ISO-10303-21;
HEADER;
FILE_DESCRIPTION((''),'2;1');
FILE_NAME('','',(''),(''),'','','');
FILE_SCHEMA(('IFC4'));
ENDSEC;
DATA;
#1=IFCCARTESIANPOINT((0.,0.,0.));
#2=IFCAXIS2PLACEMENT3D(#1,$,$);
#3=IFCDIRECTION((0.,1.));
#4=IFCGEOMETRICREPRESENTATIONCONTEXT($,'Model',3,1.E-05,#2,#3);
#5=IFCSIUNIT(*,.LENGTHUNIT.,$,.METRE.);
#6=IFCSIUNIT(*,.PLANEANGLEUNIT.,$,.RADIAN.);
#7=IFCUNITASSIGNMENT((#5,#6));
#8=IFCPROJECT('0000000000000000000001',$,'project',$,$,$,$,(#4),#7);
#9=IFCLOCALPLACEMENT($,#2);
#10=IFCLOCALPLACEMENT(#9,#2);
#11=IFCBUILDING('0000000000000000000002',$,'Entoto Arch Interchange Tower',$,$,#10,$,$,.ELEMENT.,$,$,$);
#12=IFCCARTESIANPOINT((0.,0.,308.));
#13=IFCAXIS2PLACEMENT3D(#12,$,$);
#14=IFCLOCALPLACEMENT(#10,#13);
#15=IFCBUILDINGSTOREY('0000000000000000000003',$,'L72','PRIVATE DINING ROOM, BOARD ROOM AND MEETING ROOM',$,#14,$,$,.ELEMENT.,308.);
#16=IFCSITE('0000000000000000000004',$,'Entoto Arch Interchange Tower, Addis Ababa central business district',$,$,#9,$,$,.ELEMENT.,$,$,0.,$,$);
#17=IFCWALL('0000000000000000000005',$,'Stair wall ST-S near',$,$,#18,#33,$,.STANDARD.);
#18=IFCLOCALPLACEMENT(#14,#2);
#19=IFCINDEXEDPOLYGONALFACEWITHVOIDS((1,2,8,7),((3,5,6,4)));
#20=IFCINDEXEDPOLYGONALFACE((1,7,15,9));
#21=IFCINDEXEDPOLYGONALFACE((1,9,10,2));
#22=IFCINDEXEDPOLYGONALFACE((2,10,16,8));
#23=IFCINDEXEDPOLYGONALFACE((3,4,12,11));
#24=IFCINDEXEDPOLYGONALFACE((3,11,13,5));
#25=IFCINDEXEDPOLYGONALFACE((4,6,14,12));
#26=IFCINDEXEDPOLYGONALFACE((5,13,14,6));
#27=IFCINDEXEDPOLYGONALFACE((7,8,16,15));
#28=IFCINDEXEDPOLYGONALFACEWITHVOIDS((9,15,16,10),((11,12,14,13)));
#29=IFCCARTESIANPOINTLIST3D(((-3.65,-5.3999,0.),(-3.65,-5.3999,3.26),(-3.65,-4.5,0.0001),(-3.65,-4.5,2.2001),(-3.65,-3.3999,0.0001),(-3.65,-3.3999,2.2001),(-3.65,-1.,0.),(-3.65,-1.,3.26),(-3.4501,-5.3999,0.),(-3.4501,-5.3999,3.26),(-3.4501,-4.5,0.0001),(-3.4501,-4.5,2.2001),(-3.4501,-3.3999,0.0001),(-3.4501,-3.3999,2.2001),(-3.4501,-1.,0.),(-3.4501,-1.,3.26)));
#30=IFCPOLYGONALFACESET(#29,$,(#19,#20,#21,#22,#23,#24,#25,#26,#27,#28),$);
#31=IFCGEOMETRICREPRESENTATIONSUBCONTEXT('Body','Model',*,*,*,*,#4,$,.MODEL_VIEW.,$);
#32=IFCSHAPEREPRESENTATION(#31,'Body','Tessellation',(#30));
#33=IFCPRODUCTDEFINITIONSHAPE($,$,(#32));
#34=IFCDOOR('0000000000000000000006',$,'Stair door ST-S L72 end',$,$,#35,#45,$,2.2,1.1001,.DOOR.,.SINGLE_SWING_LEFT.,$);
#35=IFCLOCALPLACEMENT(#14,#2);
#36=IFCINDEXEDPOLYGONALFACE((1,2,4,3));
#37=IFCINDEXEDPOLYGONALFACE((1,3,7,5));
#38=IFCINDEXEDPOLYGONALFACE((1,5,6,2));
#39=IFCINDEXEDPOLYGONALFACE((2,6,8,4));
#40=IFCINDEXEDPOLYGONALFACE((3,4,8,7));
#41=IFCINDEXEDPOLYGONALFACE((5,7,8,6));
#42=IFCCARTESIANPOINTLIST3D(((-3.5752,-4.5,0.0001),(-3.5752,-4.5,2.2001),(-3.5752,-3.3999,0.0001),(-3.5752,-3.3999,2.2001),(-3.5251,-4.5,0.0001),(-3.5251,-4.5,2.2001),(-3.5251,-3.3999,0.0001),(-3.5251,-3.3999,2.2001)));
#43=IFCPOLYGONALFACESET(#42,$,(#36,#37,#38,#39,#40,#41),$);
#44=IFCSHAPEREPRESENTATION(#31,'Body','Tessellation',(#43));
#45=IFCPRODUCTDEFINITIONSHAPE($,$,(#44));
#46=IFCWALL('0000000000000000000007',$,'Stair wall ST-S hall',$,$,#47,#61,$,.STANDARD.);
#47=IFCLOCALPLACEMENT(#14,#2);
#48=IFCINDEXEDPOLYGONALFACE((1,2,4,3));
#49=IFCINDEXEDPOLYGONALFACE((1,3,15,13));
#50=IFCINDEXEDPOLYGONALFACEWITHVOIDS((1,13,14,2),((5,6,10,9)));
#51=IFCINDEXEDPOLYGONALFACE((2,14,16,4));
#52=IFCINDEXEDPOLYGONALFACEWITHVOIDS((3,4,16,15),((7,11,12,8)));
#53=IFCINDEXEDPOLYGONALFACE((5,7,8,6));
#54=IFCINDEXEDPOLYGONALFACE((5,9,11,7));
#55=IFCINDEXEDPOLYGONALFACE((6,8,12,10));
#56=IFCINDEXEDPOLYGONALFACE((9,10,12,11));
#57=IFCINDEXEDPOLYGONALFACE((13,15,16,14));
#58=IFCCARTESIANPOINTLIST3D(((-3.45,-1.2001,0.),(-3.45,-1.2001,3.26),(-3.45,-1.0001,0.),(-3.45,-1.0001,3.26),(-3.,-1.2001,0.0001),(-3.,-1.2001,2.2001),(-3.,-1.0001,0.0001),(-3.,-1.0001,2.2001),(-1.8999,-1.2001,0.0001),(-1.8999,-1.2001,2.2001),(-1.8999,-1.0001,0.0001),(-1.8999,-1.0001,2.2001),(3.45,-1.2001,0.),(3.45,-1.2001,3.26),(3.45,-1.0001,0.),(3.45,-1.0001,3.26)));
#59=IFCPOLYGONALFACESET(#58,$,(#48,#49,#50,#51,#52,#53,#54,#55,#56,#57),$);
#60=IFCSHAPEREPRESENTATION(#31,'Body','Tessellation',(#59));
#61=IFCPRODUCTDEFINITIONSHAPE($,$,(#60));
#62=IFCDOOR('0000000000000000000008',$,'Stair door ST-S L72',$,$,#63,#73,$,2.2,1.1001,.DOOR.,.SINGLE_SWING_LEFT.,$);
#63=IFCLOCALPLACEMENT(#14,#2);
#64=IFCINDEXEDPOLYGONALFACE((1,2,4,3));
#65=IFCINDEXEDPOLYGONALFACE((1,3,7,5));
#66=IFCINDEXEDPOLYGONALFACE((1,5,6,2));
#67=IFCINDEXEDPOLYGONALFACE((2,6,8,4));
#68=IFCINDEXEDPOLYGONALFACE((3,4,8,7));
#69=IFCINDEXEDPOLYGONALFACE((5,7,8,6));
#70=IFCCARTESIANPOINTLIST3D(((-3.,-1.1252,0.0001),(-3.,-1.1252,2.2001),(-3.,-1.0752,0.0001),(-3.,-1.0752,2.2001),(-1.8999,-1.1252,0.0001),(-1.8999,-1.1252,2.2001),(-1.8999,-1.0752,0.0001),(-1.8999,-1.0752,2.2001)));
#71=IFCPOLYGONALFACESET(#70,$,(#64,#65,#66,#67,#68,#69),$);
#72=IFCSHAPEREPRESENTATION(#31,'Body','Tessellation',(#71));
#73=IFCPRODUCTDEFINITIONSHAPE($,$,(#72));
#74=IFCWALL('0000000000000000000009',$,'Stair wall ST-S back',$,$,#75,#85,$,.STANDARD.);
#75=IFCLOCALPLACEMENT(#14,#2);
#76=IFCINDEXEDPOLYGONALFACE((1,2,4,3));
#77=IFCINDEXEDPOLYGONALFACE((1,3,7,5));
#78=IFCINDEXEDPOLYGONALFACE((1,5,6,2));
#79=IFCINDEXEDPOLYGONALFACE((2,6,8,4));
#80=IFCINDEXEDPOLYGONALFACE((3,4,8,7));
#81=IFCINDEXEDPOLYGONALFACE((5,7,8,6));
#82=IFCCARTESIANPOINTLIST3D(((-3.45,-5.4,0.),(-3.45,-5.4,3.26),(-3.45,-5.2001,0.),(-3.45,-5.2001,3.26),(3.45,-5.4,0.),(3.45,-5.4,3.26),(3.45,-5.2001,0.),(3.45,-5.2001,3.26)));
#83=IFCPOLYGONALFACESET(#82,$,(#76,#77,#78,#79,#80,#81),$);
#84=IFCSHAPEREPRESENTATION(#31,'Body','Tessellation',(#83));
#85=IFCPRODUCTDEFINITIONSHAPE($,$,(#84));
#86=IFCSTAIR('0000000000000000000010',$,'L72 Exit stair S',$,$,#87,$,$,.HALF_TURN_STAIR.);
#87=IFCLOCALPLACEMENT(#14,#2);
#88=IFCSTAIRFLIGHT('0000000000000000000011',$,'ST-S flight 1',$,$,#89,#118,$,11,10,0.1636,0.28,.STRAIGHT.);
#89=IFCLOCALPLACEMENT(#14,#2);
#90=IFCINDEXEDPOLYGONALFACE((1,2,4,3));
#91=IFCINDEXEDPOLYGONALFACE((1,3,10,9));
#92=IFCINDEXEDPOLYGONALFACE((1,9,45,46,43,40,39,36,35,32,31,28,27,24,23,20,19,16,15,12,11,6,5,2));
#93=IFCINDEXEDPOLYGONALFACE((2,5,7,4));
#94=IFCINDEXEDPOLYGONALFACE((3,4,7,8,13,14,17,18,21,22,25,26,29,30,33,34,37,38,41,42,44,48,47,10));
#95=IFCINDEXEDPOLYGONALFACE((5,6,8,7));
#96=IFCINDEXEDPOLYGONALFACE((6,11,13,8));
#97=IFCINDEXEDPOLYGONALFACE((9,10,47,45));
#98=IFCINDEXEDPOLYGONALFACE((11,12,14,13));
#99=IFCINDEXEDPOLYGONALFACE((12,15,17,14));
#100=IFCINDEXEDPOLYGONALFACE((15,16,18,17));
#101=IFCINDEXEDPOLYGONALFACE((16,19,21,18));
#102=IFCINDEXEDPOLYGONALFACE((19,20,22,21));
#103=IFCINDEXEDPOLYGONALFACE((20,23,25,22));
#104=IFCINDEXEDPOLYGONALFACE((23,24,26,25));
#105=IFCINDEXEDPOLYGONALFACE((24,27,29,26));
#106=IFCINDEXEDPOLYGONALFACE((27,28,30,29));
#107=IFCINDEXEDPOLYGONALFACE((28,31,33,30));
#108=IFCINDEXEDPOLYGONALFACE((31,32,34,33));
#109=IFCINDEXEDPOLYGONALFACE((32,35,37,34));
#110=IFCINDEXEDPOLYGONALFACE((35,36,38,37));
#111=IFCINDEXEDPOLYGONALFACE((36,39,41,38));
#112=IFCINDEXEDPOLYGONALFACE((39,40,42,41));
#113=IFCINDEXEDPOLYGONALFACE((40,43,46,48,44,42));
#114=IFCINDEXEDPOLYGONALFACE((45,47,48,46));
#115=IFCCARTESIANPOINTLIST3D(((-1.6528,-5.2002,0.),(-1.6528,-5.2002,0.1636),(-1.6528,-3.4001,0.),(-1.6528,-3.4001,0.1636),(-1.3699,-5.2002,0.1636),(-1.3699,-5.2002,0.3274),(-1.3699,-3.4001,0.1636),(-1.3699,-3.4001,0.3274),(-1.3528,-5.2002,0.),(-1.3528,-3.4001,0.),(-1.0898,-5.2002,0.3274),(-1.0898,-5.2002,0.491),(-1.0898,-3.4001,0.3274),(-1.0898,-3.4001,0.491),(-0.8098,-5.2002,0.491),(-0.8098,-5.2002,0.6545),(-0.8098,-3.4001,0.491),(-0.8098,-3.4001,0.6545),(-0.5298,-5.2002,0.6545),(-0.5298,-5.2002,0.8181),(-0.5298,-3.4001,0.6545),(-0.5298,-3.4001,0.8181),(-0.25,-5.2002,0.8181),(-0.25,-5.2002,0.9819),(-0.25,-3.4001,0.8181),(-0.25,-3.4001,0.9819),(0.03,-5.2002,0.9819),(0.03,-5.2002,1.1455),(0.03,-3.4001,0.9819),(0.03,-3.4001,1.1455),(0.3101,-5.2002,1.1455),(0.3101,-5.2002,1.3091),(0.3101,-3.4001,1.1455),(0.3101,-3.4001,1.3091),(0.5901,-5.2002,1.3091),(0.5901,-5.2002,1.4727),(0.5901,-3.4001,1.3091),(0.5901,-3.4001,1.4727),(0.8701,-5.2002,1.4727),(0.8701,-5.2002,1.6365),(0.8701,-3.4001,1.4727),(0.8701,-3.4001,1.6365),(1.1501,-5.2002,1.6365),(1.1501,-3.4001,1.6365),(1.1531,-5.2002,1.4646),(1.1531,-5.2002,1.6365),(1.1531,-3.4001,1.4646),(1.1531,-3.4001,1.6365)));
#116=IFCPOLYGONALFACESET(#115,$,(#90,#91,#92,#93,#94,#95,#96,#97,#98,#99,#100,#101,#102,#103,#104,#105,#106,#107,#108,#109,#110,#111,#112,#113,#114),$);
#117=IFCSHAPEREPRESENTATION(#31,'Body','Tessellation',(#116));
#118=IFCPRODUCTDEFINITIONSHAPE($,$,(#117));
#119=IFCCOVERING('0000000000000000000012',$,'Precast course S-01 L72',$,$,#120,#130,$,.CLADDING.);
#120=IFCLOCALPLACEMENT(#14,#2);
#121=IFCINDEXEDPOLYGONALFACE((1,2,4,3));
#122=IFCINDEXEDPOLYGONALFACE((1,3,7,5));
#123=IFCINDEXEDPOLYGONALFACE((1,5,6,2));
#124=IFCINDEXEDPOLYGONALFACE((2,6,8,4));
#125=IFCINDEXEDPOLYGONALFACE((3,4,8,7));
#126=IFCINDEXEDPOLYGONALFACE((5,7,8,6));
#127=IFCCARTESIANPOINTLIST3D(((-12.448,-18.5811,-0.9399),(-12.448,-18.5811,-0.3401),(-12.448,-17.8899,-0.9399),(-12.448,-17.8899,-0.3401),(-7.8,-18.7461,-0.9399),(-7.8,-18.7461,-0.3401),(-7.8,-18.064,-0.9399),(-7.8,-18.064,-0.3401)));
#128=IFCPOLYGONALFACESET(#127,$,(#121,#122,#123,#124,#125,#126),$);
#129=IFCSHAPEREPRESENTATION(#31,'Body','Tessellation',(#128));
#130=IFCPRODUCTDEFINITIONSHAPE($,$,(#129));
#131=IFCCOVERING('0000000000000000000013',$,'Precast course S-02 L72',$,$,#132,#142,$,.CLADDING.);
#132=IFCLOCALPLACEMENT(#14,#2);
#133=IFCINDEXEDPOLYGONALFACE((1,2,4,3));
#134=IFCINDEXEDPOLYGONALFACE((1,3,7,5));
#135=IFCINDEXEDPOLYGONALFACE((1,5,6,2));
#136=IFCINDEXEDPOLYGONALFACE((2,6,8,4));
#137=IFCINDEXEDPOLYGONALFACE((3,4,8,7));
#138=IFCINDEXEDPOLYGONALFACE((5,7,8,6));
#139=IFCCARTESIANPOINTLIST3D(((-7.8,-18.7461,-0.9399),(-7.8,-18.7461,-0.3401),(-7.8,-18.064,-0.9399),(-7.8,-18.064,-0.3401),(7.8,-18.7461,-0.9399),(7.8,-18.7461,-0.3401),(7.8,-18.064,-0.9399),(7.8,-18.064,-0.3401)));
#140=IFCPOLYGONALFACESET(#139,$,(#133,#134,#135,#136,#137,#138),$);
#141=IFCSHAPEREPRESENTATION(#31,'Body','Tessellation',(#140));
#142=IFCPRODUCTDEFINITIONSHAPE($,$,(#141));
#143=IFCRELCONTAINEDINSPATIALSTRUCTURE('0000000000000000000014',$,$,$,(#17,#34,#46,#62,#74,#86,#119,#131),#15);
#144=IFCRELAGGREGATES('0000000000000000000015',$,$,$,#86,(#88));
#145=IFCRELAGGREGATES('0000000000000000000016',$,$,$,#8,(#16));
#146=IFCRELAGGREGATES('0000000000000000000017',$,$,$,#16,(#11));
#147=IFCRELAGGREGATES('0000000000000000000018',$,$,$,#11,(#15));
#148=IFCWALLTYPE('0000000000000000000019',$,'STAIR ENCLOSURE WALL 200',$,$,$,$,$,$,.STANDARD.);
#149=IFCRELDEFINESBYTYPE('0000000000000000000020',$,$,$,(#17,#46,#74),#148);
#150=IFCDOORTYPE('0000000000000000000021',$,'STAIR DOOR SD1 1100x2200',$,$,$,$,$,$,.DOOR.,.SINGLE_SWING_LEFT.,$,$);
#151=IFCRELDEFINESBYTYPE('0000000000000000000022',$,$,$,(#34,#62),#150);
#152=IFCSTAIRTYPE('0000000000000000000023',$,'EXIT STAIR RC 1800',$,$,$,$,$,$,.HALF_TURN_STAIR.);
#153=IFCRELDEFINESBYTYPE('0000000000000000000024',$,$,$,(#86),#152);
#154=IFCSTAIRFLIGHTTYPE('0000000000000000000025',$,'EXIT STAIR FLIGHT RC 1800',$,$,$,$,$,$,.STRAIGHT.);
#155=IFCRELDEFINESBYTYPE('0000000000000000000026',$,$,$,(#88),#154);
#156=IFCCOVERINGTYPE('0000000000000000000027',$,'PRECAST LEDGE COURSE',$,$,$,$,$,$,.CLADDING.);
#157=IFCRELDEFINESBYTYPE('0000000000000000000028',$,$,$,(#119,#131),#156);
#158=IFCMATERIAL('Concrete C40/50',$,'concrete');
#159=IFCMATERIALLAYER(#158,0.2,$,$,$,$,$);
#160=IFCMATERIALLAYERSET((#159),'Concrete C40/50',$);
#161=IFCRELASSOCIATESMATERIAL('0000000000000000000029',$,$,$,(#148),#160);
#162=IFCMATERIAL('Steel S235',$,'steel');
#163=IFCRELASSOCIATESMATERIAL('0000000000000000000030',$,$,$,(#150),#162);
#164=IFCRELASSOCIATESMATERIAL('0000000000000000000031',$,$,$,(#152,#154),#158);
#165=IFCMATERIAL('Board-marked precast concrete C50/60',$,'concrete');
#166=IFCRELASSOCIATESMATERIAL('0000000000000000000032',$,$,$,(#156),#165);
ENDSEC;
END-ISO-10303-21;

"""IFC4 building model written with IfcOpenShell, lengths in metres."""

from ifc_helpers import new_model, si_unit, direction, frame, frame_2d, origin, place, context, subcontext, project, spatial, polyline, rectangle, outline, extrude, material, layer, layer_set, type_object, element, fill, aggregate, save


model = new_model("IFC4")

# Units and contexts
model_context = context("Model", 3, precision=1e-05, world=origin(), true_north=direction((0.0, 1.0)))
body_context = subcontext(model_context, "Body", "Model", "MODEL_VIEW")
ifc_project = project(units=[si_unit("LENGTHUNIT", "METRE"), si_unit("PLANEANGLEUNIT", "RADIAN")], contexts=[model_context])

# Site, building, storey
site_placement = place(None, origin())
site = spatial("IfcSite", under=ifc_project, at=site_placement, Name="Entoto Arch Interchange Tower, Addis Ababa central business district", CompositionType="ELEMENT", RefElevation=0.0)
building_placement = place(site_placement, origin())
building = spatial("IfcBuilding", under=site, at=building_placement, Name="Entoto Arch Interchange Tower", CompositionType="ELEMENT")
storey_placement = place(building_placement, frame((0.0, 0.0, 308.0)))
storey = spatial("IfcBuildingStorey", under=building, at=storey_placement, Name="L72", Description="PRIVATE DINING ROOM, BOARD ROOM AND MEETING ROOM", CompositionType="ELEMENT", Elevation=308.0)

# Shared definitions
ifc_material_1 = material(Name="Concrete C40/50", Category="concrete")

# Walls, openings, doors
ifc_layer_1 = layer(ifc_material_1, 0.2)
ifc_layer_set_1 = layer_set([ifc_layer_1], Name="Concrete C40/50")
wall_type_1 = type_object("IfcWallType", Name="STAIR ENCLOSURE WALL 200", PredefinedType="STANDARD", material=ifc_layer_set_1)
wall_1_placement = place(storey_placement, frame((-3.55, -1.0, 0.0), z_axis=(0.0, 0.0, 1.0), x_axis=(0.0, -1.0, 0.0)))
wall_1 = element("IfcWall", 1, at=wall_1_placement, inside=storey, type_object=wall_type_1, Name="Stair wall ST-S near", PredefinedType="STANDARD", context=body_context, shape_type="SweptSolid", body=[
    extrude(rectangle(XDim=4.3999, YDim=0.2, at=frame_2d((2.2, 0.0))), origin(), (0.0, 0.0, 1.0), 3.26),
])
opening_1_placement = place(wall_1_placement, frame((2.3999, 0.0, 0.0)))
opening_1 = element("IfcOpeningElement", 2, at=opening_1_placement, cuts=wall_1, PredefinedType="OPENING", context=body_context, shape_type="SweptSolid", body=[
    extrude(rectangle(XDim=1.1001, YDim=2.2, at=frame_2d((0.55, 1.1001))), frame((0.0, 0.1099, 0.0), z_axis=(0.0, -1.0, 0.0), x_axis=(1.0, 0.0, 0.0)), (0.0, 0.0, 1.0), 0.22),
])
ifc_material_2 = material(Name="Steel S235", Category="steel")
door_type = type_object("IfcDoorType", Name="STAIR DOOR SD1 1100x2200", OperationType="SINGLE_SWING_LEFT", PredefinedType="DOOR", material=ifc_material_2)
door_1_placement = place(opening_1_placement, origin())
door_1 = element("IfcDoor", 3, at=door_1_placement, inside=storey, type_object=door_type, Name="Stair door ST-S L72 end", OperationType="SINGLE_SWING_LEFT", OverallHeight=2.2, OverallWidth=1.1001, PredefinedType="DOOR", context=body_context, shape_type="SweptSolid", body=[
    extrude(rectangle(XDim=1.1001, YDim=2.2, at=frame_2d((0.55, 1.1001))), frame((0.0, 0.0249, 0.0), z_axis=(0.0, -1.0, 0.0), x_axis=(1.0, 0.0, 0.0)), (0.0, 0.0, 1.0), 0.05),
])
fill(opening_1, door_1)
wall_2_placement = place(storey_placement, frame((-3.45, -1.1001, 0.0), z_axis=(0.0, 0.0, 1.0), x_axis=(1.0, 0.0, 0.0)))
wall_2 = element("IfcWall", 4, at=wall_2_placement, inside=storey, type_object=wall_type_1, Name="Stair wall ST-S hall", PredefinedType="STANDARD", context=body_context, shape_type="SweptSolid", body=[
    extrude(rectangle(XDim=6.8999, YDim=0.2, at=frame_2d((3.45, 0.0))), origin(), (0.0, 0.0, 1.0), 3.26),
])
opening_2_placement = place(wall_2_placement, frame((0.45, 0.0, 0.0)))
opening_2 = element("IfcOpeningElement", 5, at=opening_2_placement, cuts=wall_2, PredefinedType="OPENING", context=body_context, shape_type="SweptSolid", body=[
    extrude(rectangle(XDim=1.1001, YDim=2.2, at=frame_2d((0.55, 1.1001))), frame((0.0, 0.1099, 0.0), z_axis=(0.0, -1.0, 0.0), x_axis=(1.0, 0.0, 0.0)), (0.0, 0.0, 1.0), 0.22),
])
door_2_placement = place(opening_2_placement, origin())
door_2 = element("IfcDoor", 6, at=door_2_placement, inside=storey, type_object=door_type, Name="Stair door ST-S L72", OperationType="SINGLE_SWING_LEFT", OverallHeight=2.2, OverallWidth=1.1001, PredefinedType="DOOR", context=body_context, shape_type="SweptSolid", body=[
    extrude(rectangle(XDim=1.1001, YDim=2.2, at=frame_2d((0.55, 1.1001))), frame((0.0, 0.0249, 0.0), z_axis=(0.0, -1.0, 0.0), x_axis=(1.0, 0.0, 0.0)), (0.0, 0.0, 1.0), 0.05),
])
fill(opening_2, door_2)

# Wall
wall_3_placement = place(storey_placement, frame((-3.45, -5.3, 0.0), z_axis=(0.0, 0.0, 1.0), x_axis=(1.0, 0.0, 0.0)))
element("IfcWall", 7, at=wall_3_placement, inside=storey, type_object=wall_type_1, Name="Stair wall ST-S back", PredefinedType="STANDARD", context=body_context, shape_type="SweptSolid", body=[
    extrude(rectangle(XDim=6.8999, YDim=0.2, at=frame_2d((3.45, 0.0))), origin(), (0.0, 0.0, 1.0), 3.26),
])

# Stair, stair flight
stair_type = type_object("IfcStairType", Name="EXIT STAIR RC 1800", PredefinedType="HALF_TURN_STAIR", material=ifc_material_1)
stair_placement = place(storey_placement, origin())
stair = element("IfcStair", 8, at=stair_placement, inside=storey, type_object=stair_type, Name="L72 Exit stair S", PredefinedType="HALF_TURN_STAIR")
stair_flight_type = type_object("IfcStairFlightType", Name="EXIT STAIR FLIGHT RC 1800", PredefinedType="STRAIGHT", material=ifc_material_1)
stair_flight_placement = place(storey_placement, frame((-1.6499, -4.3, 0.0), z_axis=(0.0, 0.0, 1.0), x_axis=(1.0, 0.0, 0.0)))
stair_flight = element("IfcStairFlight", 9, at=stair_flight_placement, type_object=stair_flight_type, Name="ST-S flight 1", NumberOfRisers=11, NumberOfTreads=10, PredefinedType="STRAIGHT", RiserHeight=0.1636, TreadLength=0.28, context=body_context, shape_type="SweptSolid", body=[
    extrude(outline(polyline([(-0.0029, 0.0), (-0.0029, 0.1636), (0.28, 0.1636), (0.28, 0.3274), (0.5601, 0.3274), (0.5601, 0.491), (0.8401, 0.491), (0.8401, 0.6545), (1.1201, 0.6545), (1.1201, 0.8181), (1.3999, 0.8181), (1.3999, 0.9819), (1.6799, 0.9819), (1.6799, 1.1455), (1.96, 1.1455), (1.96, 1.3091), (2.24, 1.3091), (2.24, 1.4727), (2.52, 1.4727), (2.52, 1.6365), (2.8, 1.6365), (2.803, 1.6365), (2.803, 1.4646), (0.2971, 0.0), (-0.0029, 0.0)])), frame((0.0, 0.8999, 0.0), z_axis=(0.0, -1.0, 0.0), x_axis=(1.0, 0.0, 0.0)), (0.0, 0.0, 1.0), 1.8),
])
aggregate(stair, [stair_flight])

# Coverings
ifc_material_3 = material(Name="Board-marked precast concrete C50/60", Category="concrete")
covering_type = type_object("IfcCoveringType", Name="PRECAST LEDGE COURSE", PredefinedType="CLADDING", material=ifc_material_3)
covering_1_placement = place(storey_placement, frame((0.0, 0.0, -0.9399)))
element("IfcCovering", 10, at=covering_1_placement, inside=storey, type_object=covering_type, Name="Precast course S-01 L72", PredefinedType="CLADDING", context=body_context, shape_type="SweptSolid", body=[
    extrude(outline(polyline([(-7.8, -18.064), (-7.8, -18.7461), (-12.448, -18.5811), (-12.448, -17.8899), (-7.8, -18.064)])), origin(), (0.0, 0.0, 1.0), 0.5999),
])
covering_2_placement = place(storey_placement, frame((0.0, 0.0, -0.9399)))
element("IfcCovering", 11, at=covering_2_placement, inside=storey, type_object=covering_type, Name="Precast course S-02 L72", PredefinedType="CLADDING", context=body_context, shape_type="SweptSolid", body=[
    extrude(outline(polyline([(7.8, -18.064), (7.8, -18.7461), (-7.8, -18.7461), (-7.8, -18.064), (7.8, -18.064)])), origin(), (0.0, 0.0, 1.0), 0.5999),
])

save(model, "model.ifc")
